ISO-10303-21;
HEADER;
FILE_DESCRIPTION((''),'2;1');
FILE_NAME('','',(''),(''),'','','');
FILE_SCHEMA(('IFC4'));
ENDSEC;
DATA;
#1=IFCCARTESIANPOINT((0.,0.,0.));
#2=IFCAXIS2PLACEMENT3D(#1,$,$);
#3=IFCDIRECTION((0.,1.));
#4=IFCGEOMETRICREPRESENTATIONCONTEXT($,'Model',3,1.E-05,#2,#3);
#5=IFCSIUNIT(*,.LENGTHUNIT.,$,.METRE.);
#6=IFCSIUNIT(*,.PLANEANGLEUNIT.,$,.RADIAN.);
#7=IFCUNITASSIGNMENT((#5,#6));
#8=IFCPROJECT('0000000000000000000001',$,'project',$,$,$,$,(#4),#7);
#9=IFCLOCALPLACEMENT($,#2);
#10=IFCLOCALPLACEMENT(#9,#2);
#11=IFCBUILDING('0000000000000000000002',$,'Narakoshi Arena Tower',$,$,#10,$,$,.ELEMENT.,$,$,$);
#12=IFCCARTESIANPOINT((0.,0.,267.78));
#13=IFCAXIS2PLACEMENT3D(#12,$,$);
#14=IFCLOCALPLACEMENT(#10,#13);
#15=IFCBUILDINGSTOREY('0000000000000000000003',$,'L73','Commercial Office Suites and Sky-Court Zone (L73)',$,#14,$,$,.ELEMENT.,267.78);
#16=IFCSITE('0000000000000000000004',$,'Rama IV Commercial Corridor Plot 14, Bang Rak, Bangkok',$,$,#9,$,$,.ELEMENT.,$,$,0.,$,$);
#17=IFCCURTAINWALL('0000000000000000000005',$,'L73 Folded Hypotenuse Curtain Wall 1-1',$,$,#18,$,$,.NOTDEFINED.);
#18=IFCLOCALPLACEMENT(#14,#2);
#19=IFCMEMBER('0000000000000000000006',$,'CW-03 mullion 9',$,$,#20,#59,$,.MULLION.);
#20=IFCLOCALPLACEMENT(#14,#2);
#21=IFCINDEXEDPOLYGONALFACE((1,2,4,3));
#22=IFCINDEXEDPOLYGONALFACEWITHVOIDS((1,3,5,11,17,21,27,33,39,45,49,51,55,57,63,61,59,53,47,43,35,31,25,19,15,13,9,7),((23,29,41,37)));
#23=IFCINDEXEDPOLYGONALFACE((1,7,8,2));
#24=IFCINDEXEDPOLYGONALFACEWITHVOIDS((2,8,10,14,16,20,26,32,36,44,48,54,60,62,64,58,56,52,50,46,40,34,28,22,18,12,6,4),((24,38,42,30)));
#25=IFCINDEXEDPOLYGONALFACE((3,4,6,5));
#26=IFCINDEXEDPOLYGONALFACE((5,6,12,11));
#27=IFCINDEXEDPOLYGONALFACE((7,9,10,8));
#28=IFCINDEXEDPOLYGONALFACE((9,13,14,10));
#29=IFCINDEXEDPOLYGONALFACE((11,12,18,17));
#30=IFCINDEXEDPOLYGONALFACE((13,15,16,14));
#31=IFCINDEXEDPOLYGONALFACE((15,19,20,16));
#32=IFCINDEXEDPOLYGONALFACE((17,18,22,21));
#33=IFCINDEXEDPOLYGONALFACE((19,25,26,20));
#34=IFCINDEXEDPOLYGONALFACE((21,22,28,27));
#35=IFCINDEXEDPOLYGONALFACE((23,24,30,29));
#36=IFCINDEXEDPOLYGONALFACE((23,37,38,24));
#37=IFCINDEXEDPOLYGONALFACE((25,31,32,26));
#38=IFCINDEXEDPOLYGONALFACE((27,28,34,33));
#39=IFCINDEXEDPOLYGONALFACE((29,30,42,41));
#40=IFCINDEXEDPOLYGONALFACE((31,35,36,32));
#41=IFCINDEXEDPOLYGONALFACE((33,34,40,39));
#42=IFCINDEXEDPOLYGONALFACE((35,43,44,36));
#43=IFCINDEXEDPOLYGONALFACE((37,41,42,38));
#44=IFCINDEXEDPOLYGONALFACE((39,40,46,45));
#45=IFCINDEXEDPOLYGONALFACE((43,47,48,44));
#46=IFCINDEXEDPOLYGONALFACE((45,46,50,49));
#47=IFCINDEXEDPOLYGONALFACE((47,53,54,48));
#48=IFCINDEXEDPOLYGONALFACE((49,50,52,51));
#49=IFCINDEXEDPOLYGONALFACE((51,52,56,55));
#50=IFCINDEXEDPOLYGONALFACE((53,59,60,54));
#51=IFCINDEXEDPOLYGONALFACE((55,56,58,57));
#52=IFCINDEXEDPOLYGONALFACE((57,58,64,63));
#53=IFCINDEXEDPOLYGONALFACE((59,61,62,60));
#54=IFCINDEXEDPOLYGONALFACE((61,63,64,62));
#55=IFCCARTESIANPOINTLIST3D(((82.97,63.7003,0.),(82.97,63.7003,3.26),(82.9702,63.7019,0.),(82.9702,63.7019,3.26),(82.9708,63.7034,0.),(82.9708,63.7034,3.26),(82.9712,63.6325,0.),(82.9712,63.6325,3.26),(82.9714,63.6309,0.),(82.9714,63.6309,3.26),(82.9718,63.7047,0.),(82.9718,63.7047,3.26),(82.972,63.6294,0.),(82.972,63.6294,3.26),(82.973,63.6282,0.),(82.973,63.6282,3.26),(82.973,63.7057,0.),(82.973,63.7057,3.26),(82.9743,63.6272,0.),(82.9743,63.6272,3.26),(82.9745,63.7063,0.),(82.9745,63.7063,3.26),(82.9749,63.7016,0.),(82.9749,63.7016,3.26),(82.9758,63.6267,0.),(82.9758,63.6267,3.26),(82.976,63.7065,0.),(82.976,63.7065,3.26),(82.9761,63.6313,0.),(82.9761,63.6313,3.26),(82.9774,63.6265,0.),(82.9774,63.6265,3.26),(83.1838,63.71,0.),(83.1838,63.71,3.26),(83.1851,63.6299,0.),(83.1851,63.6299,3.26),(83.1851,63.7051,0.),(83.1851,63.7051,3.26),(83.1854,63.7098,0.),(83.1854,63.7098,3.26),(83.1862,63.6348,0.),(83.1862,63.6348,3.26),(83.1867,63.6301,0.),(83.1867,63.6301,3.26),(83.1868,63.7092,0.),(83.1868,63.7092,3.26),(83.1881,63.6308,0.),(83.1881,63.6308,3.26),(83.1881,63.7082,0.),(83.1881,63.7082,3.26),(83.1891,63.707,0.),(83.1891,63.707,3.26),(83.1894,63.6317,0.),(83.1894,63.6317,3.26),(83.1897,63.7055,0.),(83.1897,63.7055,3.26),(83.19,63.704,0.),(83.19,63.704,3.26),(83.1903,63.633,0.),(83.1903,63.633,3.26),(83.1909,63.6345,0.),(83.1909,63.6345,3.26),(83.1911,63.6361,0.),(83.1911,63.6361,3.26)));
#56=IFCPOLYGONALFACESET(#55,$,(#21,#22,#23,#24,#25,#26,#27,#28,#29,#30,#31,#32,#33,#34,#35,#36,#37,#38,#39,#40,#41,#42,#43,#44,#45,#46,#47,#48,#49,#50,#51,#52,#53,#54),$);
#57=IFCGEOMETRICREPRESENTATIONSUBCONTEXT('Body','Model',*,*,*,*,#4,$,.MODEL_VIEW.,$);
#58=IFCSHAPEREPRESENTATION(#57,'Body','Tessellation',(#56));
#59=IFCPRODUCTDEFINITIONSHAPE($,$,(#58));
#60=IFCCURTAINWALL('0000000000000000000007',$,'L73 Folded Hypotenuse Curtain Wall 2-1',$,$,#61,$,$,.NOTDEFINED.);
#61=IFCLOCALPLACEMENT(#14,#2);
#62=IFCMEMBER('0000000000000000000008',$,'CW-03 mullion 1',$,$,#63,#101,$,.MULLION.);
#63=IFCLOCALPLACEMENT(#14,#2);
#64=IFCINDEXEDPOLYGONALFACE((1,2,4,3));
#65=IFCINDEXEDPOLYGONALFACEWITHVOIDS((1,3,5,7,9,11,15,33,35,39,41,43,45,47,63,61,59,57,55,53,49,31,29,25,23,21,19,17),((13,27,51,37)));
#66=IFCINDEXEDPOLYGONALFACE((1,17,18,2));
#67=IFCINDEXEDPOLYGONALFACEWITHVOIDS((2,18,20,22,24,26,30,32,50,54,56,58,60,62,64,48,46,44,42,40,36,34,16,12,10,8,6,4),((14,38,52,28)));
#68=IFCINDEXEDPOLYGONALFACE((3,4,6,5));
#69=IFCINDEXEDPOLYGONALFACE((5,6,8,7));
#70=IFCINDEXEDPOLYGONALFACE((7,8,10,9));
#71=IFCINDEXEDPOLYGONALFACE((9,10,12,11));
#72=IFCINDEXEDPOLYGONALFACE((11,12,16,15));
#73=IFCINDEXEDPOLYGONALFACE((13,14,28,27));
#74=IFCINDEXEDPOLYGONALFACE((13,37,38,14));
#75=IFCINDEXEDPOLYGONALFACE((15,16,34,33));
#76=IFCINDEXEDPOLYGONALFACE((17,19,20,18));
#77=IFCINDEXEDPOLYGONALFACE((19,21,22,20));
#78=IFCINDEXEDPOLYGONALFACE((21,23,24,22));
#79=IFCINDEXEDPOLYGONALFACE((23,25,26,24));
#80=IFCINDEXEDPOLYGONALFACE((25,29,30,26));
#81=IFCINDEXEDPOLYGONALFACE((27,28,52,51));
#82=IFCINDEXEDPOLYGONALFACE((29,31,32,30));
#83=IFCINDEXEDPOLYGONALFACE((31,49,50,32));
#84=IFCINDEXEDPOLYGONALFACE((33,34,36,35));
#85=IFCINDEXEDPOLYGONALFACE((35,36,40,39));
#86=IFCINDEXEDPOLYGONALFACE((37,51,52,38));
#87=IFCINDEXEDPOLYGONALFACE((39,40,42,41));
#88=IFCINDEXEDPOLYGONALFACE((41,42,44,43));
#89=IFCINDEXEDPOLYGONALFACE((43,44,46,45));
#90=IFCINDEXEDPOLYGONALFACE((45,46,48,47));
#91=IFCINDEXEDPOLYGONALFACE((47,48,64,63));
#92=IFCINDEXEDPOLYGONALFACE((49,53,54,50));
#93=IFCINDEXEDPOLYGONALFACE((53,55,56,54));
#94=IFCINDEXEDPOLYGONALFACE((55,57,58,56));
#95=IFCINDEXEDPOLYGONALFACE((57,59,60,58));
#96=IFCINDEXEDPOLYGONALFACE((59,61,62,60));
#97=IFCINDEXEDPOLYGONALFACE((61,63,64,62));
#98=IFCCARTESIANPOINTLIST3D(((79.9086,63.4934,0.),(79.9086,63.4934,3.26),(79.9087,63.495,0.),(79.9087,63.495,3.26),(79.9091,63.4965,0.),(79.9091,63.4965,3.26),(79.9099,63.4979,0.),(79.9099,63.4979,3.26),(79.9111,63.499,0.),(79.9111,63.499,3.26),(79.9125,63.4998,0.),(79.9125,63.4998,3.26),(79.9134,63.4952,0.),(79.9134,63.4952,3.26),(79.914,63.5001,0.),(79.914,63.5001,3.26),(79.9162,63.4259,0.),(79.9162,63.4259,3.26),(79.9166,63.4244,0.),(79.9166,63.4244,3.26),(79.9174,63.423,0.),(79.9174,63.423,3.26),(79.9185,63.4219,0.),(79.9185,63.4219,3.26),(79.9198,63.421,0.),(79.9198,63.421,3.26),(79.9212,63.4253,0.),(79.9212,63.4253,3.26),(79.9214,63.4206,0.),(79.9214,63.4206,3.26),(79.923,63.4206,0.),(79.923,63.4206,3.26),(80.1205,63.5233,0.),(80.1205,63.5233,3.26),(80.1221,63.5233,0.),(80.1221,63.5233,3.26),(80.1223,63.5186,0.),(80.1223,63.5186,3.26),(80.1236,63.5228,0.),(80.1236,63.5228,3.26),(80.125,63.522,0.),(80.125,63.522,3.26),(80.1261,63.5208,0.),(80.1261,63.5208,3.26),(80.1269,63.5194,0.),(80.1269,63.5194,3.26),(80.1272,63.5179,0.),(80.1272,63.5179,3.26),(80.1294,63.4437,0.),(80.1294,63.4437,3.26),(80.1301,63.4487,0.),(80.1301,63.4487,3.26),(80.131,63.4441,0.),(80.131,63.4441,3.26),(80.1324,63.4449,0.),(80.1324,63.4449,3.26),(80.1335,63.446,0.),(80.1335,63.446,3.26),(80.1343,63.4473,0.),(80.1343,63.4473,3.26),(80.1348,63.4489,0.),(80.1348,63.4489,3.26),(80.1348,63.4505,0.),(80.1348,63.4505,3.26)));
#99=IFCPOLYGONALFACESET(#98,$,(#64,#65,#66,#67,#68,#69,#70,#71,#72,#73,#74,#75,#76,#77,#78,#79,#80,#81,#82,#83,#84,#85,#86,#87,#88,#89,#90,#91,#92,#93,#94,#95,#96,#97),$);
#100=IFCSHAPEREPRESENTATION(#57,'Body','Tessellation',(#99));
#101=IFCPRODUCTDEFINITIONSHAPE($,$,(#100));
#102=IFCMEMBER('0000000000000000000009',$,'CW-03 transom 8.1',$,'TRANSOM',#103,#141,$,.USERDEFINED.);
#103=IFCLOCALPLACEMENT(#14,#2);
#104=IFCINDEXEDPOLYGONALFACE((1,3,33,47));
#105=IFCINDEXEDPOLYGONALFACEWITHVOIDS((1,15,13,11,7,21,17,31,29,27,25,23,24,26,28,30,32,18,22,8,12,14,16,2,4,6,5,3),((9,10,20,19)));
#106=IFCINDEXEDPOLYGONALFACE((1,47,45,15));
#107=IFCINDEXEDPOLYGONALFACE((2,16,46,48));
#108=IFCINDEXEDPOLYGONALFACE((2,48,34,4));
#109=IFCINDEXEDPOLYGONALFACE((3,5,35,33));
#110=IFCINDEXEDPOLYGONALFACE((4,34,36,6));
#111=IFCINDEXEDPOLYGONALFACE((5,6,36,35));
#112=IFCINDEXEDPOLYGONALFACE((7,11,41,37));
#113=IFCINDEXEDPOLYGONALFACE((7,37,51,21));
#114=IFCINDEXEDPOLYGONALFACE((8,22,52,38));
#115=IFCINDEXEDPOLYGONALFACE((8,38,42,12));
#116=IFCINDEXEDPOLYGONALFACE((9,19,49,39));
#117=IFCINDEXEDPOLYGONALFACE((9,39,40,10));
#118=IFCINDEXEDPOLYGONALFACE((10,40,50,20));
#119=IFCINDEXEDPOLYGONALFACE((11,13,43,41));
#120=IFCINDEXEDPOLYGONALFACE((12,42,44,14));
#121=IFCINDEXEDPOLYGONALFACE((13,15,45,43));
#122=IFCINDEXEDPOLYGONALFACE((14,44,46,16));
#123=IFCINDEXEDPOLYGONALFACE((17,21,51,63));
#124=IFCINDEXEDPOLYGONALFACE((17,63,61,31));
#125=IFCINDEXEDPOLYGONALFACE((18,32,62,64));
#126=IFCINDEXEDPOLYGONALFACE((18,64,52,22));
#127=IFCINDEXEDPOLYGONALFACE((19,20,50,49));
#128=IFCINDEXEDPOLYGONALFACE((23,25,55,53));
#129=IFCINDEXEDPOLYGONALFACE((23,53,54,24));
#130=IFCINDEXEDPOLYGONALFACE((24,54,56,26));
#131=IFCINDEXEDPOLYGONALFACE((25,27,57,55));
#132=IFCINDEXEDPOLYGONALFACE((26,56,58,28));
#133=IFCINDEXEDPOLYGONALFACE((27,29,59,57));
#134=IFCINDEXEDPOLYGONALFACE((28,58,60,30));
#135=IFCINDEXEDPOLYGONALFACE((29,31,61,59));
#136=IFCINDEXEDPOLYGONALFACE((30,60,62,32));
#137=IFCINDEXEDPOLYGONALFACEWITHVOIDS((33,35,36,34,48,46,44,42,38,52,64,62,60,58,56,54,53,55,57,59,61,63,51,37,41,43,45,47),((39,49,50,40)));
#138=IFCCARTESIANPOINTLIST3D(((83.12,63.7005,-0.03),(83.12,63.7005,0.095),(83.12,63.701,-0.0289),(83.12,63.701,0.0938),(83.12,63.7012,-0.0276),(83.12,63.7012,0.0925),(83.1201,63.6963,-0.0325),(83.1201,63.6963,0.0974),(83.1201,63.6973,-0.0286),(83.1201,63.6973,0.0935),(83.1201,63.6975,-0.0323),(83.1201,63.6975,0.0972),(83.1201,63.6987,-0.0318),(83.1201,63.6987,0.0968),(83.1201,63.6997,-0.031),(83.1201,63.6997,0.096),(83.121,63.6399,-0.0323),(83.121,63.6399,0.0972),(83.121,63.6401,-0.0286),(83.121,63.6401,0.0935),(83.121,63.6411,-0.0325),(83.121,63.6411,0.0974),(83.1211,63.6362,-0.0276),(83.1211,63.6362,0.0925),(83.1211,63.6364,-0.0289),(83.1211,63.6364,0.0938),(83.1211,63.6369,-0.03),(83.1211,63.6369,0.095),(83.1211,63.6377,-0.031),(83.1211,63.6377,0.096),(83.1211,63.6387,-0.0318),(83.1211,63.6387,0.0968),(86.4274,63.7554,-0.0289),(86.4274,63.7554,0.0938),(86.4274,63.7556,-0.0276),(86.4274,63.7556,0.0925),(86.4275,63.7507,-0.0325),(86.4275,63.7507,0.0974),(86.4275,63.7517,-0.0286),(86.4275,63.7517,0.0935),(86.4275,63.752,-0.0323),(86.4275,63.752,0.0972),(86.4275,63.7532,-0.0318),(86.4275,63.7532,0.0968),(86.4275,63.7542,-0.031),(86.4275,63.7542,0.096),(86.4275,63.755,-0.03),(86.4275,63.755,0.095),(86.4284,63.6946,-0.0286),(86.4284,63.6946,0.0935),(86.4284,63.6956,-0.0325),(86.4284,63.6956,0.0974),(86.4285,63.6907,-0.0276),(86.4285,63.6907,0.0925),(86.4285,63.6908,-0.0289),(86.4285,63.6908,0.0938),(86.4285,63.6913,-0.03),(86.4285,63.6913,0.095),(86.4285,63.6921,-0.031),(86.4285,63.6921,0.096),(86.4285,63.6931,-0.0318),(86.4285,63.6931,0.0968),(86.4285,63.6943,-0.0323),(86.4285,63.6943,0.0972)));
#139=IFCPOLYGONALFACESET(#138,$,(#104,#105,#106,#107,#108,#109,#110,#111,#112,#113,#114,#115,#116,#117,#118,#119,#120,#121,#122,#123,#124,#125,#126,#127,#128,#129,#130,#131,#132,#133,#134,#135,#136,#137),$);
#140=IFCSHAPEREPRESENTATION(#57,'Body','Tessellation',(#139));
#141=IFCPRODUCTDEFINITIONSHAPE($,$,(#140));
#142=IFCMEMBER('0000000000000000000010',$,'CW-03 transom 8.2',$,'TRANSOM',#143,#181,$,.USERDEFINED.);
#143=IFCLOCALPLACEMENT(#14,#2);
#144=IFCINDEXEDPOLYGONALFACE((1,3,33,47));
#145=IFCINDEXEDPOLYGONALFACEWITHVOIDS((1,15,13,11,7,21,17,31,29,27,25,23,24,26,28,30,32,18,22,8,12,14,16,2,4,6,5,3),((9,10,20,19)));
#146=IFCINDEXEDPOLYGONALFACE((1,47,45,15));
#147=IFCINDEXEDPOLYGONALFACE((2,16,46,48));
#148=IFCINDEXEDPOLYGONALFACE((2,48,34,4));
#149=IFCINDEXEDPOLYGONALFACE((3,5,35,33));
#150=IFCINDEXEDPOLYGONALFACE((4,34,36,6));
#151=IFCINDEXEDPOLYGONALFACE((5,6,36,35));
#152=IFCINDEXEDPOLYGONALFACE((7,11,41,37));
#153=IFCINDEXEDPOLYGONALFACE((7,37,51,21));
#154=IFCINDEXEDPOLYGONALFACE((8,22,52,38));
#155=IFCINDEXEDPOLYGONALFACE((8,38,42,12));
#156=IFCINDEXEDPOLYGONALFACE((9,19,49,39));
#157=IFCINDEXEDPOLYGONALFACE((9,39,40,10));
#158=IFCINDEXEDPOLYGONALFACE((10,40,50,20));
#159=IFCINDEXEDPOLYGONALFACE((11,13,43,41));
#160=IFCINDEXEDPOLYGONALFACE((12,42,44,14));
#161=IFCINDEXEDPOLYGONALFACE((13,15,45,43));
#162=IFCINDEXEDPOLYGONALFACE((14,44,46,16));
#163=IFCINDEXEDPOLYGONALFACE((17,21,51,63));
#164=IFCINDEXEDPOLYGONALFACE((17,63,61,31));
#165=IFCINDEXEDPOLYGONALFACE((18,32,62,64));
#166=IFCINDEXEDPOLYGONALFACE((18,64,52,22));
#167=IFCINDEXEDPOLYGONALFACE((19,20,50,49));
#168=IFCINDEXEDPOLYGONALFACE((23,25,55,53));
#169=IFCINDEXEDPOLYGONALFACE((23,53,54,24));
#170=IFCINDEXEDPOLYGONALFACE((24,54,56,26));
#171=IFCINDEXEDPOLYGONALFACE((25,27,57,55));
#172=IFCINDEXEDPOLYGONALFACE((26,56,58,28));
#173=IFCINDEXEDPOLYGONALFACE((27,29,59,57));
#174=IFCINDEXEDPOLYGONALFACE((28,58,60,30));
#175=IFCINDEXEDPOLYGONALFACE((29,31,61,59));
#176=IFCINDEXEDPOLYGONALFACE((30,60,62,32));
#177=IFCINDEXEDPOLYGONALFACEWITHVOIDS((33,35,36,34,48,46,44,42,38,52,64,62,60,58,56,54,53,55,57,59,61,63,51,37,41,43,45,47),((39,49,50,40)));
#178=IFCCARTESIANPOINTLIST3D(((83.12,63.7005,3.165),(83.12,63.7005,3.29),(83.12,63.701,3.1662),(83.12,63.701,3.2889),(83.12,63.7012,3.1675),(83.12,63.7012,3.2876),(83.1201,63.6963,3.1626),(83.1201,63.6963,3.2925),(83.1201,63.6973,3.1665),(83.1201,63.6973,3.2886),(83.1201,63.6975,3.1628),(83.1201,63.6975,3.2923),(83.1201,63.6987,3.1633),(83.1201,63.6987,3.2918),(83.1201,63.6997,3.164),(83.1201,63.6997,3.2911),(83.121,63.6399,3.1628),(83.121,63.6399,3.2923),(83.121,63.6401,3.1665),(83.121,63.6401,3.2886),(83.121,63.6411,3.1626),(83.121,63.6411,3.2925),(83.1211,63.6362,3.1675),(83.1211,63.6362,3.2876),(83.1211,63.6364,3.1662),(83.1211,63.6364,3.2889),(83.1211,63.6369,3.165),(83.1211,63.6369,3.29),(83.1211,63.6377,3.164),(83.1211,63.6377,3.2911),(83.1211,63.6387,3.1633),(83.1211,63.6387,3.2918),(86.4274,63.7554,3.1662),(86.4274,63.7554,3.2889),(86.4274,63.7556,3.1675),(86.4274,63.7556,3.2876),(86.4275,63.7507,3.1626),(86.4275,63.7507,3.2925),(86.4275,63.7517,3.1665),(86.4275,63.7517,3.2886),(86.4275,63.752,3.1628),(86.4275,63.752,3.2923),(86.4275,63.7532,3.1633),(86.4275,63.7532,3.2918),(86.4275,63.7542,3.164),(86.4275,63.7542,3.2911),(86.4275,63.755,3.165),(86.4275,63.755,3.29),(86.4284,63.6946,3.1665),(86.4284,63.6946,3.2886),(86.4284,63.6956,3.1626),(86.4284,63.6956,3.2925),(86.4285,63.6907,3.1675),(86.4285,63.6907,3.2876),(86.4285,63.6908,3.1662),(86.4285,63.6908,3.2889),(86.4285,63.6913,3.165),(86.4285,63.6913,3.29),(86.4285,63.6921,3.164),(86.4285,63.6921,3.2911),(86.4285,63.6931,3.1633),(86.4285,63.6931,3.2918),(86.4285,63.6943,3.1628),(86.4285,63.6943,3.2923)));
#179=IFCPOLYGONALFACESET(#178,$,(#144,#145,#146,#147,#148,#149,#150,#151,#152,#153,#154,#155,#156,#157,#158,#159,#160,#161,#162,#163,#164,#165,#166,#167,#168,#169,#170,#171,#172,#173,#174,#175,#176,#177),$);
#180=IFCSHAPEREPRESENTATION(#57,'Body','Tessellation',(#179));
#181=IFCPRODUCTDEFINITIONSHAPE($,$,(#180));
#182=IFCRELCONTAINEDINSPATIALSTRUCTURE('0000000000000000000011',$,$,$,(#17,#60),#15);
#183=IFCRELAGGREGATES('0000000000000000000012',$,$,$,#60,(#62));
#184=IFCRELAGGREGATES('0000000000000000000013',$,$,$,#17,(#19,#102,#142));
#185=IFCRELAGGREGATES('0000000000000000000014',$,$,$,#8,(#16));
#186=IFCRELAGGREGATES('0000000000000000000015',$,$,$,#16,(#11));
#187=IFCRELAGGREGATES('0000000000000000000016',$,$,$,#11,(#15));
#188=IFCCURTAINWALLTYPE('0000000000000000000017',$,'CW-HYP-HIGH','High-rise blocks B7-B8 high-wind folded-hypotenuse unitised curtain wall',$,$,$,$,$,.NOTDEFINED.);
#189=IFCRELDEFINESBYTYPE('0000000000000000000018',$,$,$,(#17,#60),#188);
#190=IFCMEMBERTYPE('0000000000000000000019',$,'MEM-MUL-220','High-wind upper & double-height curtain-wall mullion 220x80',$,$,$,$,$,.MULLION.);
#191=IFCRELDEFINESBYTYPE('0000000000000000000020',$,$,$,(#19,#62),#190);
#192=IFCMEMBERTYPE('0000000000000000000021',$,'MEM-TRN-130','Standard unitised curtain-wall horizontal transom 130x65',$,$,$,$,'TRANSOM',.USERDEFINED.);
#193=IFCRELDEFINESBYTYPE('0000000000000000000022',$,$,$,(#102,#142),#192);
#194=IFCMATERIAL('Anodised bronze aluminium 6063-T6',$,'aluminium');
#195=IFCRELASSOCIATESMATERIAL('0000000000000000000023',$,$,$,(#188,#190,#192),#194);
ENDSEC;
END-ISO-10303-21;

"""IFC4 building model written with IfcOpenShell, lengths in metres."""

from ifc_helpers import new_model, si_unit, direction, frame, origin, origin_2d, place, context, subcontext, project, spatial, hollow_rectangle, extrude, material, material_profile, profile_set, type_object, element, aggregate, save


model = new_model("IFC4")

# Units and contexts
model_context = context("Model", 3, precision=1e-05, world=origin(), true_north=direction((0.0, 1.0)))
body_context = subcontext(model_context, "Body", "Model", "MODEL_VIEW")
ifc_project = project(units=[si_unit("LENGTHUNIT", "METRE"), si_unit("PLANEANGLEUNIT", "RADIAN")], contexts=[model_context])

# Site, building, storey
site_placement = place(None, origin())
site = spatial("IfcSite", under=ifc_project, at=site_placement, Name="Rama IV Commercial Corridor Plot 14, Bang Rak, Bangkok", CompositionType="ELEMENT", RefElevation=0.0)
building_placement = place(site_placement, origin())
building = spatial("IfcBuilding", under=site, at=building_placement, Name="Narakoshi Arena Tower", CompositionType="ELEMENT")
storey_placement = place(building_placement, frame((0.0, 0.0, 267.78)))
storey = spatial("IfcBuildingStorey", under=building, at=storey_placement, Name="L73", Description="Commercial Office Suites and Sky-Court Zone (L73)", CompositionType="ELEMENT", Elevation=267.78)

# Curtain wall, member
ifc_material_1 = material(Name="Anodised bronze aluminium 6063-T6", Category="aluminium")
curtain_wall_type = type_object("IfcCurtainWallType", Name="CW-HYP-HIGH", Description="High-rise blocks B7-B8 high-wind folded-hypotenuse unitised curtain wall", PredefinedType="NOTDEFINED", material=ifc_material_1)
curtain_wall_1_placement = place(storey_placement, origin())
curtain_wall_1 = element("IfcCurtainWall", 1, at=curtain_wall_1_placement, inside=storey, type_object=curtain_wall_type, Name="L73 Folded Hypotenuse Curtain Wall 1-1", PredefinedType="NOTDEFINED")
ifc_material_profile_1 = material_profile(ifc_material_1, hollow_rectangle(XDim=0.0801, YDim=0.22, WallThickness=0.0049, OuterFilletRadius=0.0061, at=origin_2d()), Name="MUL220x80x5")
ifc_profile_set_1 = profile_set([ifc_material_profile_1], Name="Anodised bronze aluminium 6063-T6")
member_type_1 = type_object("IfcMemberType", Name="MEM-MUL-220", Description="High-wind upper & double-height curtain-wall mullion 220x80", PredefinedType="MULLION", material=ifc_profile_set_1)
member_1_placement = place(storey_placement, frame((83.0806, 63.6682, 0.0), z_axis=(0.0, 0.0, 1.0), x_axis=(0.016443, -0.999865, 0.0)))
member_1 = element("IfcMember", 2, at=member_1_placement, type_object=member_type_1, Name="CW-03 mullion 9", PredefinedType="MULLION", context=body_context, shape_type="SweptSolid", body=[
    extrude(hollow_rectangle(XDim=0.0801, YDim=0.22, WallThickness=0.0049, OuterFilletRadius=0.0061, at=origin_2d()), origin(), (0.0, 0.0, 1.0), 3.26),
])

# Curtain wall, member
curtain_wall_2_placement = place(storey_placement, origin())
curtain_wall_2 = element("IfcCurtainWall", 3, at=curtain_wall_2_placement, inside=storey, type_object=curtain_wall_type, Name="L73 Folded Hypotenuse Curtain Wall 2-1", PredefinedType="NOTDEFINED")
member_2_placement = place(storey_placement, frame((80.0217, 63.4719, 0.0), z_axis=(0.0, 0.0, 1.0), x_axis=(0.111396, -0.993776, 0.0)))
member_2 = element("IfcMember", 4, at=member_2_placement, type_object=member_type_1, Name="CW-03 mullion 1", PredefinedType="MULLION", context=body_context, shape_type="SweptSolid", body=[
    extrude(hollow_rectangle(XDim=0.0801, YDim=0.22, WallThickness=0.0049, OuterFilletRadius=0.0061, at=origin_2d()), origin(), (0.0, 0.0, 1.0), 3.26),
])

# Members
ifc_material_profile_2 = material_profile(ifc_material_1, hollow_rectangle(XDim=0.0649, YDim=0.1299, WallThickness=0.0039, OuterFilletRadius=0.0049, at=origin_2d()), Name="TRN130x65x4")
ifc_profile_set_2 = profile_set([ifc_material_profile_2], Name="Anodised bronze aluminium 6063-T6")
member_type_2 = type_object("IfcMemberType", Name="MEM-TRN-130", Description="Standard unitised curtain-wall horizontal transom 130x65", ElementType="TRANSOM", PredefinedType="USERDEFINED", material=ifc_profile_set_2)
member_3_placement = place(storey_placement, frame((86.428, 63.7231, 0.0325), z_axis=(-0.999865, -0.016459, 0.0), x_axis=(0.016459, -0.999865, 0.0)))
member_3 = element("IfcMember", 5, at=member_3_placement, type_object=member_type_2, Name="CW-03 transom 8.1", ObjectType="TRANSOM", PredefinedType="USERDEFINED", context=body_context, shape_type="SweptSolid", body=[
    extrude(hollow_rectangle(XDim=0.0649, YDim=0.1299, WallThickness=0.0039, OuterFilletRadius=0.0049, at=origin_2d()), origin(), (0.0, 0.0, 1.0), 3.3079),
])
member_4_placement = place(storey_placement, frame((86.428, 63.7231, 3.2275), z_axis=(-0.999865, -0.016459, 0.0), x_axis=(0.016459, -0.999865, 0.0)))
member_4 = element("IfcMember", 6, at=member_4_placement, type_object=member_type_2, Name="CW-03 transom 8.2", ObjectType="TRANSOM", PredefinedType="USERDEFINED", context=body_context, shape_type="SweptSolid", body=[
    extrude(hollow_rectangle(XDim=0.0649, YDim=0.1299, WallThickness=0.0039, OuterFilletRadius=0.0049, at=origin_2d()), origin(), (0.0, 0.0, 1.0), 3.3079),
])
aggregate(curtain_wall_2, [member_2])

aggregate(curtain_wall_1, [member_1, member_3, member_4])

save(model, "model.ifc")
